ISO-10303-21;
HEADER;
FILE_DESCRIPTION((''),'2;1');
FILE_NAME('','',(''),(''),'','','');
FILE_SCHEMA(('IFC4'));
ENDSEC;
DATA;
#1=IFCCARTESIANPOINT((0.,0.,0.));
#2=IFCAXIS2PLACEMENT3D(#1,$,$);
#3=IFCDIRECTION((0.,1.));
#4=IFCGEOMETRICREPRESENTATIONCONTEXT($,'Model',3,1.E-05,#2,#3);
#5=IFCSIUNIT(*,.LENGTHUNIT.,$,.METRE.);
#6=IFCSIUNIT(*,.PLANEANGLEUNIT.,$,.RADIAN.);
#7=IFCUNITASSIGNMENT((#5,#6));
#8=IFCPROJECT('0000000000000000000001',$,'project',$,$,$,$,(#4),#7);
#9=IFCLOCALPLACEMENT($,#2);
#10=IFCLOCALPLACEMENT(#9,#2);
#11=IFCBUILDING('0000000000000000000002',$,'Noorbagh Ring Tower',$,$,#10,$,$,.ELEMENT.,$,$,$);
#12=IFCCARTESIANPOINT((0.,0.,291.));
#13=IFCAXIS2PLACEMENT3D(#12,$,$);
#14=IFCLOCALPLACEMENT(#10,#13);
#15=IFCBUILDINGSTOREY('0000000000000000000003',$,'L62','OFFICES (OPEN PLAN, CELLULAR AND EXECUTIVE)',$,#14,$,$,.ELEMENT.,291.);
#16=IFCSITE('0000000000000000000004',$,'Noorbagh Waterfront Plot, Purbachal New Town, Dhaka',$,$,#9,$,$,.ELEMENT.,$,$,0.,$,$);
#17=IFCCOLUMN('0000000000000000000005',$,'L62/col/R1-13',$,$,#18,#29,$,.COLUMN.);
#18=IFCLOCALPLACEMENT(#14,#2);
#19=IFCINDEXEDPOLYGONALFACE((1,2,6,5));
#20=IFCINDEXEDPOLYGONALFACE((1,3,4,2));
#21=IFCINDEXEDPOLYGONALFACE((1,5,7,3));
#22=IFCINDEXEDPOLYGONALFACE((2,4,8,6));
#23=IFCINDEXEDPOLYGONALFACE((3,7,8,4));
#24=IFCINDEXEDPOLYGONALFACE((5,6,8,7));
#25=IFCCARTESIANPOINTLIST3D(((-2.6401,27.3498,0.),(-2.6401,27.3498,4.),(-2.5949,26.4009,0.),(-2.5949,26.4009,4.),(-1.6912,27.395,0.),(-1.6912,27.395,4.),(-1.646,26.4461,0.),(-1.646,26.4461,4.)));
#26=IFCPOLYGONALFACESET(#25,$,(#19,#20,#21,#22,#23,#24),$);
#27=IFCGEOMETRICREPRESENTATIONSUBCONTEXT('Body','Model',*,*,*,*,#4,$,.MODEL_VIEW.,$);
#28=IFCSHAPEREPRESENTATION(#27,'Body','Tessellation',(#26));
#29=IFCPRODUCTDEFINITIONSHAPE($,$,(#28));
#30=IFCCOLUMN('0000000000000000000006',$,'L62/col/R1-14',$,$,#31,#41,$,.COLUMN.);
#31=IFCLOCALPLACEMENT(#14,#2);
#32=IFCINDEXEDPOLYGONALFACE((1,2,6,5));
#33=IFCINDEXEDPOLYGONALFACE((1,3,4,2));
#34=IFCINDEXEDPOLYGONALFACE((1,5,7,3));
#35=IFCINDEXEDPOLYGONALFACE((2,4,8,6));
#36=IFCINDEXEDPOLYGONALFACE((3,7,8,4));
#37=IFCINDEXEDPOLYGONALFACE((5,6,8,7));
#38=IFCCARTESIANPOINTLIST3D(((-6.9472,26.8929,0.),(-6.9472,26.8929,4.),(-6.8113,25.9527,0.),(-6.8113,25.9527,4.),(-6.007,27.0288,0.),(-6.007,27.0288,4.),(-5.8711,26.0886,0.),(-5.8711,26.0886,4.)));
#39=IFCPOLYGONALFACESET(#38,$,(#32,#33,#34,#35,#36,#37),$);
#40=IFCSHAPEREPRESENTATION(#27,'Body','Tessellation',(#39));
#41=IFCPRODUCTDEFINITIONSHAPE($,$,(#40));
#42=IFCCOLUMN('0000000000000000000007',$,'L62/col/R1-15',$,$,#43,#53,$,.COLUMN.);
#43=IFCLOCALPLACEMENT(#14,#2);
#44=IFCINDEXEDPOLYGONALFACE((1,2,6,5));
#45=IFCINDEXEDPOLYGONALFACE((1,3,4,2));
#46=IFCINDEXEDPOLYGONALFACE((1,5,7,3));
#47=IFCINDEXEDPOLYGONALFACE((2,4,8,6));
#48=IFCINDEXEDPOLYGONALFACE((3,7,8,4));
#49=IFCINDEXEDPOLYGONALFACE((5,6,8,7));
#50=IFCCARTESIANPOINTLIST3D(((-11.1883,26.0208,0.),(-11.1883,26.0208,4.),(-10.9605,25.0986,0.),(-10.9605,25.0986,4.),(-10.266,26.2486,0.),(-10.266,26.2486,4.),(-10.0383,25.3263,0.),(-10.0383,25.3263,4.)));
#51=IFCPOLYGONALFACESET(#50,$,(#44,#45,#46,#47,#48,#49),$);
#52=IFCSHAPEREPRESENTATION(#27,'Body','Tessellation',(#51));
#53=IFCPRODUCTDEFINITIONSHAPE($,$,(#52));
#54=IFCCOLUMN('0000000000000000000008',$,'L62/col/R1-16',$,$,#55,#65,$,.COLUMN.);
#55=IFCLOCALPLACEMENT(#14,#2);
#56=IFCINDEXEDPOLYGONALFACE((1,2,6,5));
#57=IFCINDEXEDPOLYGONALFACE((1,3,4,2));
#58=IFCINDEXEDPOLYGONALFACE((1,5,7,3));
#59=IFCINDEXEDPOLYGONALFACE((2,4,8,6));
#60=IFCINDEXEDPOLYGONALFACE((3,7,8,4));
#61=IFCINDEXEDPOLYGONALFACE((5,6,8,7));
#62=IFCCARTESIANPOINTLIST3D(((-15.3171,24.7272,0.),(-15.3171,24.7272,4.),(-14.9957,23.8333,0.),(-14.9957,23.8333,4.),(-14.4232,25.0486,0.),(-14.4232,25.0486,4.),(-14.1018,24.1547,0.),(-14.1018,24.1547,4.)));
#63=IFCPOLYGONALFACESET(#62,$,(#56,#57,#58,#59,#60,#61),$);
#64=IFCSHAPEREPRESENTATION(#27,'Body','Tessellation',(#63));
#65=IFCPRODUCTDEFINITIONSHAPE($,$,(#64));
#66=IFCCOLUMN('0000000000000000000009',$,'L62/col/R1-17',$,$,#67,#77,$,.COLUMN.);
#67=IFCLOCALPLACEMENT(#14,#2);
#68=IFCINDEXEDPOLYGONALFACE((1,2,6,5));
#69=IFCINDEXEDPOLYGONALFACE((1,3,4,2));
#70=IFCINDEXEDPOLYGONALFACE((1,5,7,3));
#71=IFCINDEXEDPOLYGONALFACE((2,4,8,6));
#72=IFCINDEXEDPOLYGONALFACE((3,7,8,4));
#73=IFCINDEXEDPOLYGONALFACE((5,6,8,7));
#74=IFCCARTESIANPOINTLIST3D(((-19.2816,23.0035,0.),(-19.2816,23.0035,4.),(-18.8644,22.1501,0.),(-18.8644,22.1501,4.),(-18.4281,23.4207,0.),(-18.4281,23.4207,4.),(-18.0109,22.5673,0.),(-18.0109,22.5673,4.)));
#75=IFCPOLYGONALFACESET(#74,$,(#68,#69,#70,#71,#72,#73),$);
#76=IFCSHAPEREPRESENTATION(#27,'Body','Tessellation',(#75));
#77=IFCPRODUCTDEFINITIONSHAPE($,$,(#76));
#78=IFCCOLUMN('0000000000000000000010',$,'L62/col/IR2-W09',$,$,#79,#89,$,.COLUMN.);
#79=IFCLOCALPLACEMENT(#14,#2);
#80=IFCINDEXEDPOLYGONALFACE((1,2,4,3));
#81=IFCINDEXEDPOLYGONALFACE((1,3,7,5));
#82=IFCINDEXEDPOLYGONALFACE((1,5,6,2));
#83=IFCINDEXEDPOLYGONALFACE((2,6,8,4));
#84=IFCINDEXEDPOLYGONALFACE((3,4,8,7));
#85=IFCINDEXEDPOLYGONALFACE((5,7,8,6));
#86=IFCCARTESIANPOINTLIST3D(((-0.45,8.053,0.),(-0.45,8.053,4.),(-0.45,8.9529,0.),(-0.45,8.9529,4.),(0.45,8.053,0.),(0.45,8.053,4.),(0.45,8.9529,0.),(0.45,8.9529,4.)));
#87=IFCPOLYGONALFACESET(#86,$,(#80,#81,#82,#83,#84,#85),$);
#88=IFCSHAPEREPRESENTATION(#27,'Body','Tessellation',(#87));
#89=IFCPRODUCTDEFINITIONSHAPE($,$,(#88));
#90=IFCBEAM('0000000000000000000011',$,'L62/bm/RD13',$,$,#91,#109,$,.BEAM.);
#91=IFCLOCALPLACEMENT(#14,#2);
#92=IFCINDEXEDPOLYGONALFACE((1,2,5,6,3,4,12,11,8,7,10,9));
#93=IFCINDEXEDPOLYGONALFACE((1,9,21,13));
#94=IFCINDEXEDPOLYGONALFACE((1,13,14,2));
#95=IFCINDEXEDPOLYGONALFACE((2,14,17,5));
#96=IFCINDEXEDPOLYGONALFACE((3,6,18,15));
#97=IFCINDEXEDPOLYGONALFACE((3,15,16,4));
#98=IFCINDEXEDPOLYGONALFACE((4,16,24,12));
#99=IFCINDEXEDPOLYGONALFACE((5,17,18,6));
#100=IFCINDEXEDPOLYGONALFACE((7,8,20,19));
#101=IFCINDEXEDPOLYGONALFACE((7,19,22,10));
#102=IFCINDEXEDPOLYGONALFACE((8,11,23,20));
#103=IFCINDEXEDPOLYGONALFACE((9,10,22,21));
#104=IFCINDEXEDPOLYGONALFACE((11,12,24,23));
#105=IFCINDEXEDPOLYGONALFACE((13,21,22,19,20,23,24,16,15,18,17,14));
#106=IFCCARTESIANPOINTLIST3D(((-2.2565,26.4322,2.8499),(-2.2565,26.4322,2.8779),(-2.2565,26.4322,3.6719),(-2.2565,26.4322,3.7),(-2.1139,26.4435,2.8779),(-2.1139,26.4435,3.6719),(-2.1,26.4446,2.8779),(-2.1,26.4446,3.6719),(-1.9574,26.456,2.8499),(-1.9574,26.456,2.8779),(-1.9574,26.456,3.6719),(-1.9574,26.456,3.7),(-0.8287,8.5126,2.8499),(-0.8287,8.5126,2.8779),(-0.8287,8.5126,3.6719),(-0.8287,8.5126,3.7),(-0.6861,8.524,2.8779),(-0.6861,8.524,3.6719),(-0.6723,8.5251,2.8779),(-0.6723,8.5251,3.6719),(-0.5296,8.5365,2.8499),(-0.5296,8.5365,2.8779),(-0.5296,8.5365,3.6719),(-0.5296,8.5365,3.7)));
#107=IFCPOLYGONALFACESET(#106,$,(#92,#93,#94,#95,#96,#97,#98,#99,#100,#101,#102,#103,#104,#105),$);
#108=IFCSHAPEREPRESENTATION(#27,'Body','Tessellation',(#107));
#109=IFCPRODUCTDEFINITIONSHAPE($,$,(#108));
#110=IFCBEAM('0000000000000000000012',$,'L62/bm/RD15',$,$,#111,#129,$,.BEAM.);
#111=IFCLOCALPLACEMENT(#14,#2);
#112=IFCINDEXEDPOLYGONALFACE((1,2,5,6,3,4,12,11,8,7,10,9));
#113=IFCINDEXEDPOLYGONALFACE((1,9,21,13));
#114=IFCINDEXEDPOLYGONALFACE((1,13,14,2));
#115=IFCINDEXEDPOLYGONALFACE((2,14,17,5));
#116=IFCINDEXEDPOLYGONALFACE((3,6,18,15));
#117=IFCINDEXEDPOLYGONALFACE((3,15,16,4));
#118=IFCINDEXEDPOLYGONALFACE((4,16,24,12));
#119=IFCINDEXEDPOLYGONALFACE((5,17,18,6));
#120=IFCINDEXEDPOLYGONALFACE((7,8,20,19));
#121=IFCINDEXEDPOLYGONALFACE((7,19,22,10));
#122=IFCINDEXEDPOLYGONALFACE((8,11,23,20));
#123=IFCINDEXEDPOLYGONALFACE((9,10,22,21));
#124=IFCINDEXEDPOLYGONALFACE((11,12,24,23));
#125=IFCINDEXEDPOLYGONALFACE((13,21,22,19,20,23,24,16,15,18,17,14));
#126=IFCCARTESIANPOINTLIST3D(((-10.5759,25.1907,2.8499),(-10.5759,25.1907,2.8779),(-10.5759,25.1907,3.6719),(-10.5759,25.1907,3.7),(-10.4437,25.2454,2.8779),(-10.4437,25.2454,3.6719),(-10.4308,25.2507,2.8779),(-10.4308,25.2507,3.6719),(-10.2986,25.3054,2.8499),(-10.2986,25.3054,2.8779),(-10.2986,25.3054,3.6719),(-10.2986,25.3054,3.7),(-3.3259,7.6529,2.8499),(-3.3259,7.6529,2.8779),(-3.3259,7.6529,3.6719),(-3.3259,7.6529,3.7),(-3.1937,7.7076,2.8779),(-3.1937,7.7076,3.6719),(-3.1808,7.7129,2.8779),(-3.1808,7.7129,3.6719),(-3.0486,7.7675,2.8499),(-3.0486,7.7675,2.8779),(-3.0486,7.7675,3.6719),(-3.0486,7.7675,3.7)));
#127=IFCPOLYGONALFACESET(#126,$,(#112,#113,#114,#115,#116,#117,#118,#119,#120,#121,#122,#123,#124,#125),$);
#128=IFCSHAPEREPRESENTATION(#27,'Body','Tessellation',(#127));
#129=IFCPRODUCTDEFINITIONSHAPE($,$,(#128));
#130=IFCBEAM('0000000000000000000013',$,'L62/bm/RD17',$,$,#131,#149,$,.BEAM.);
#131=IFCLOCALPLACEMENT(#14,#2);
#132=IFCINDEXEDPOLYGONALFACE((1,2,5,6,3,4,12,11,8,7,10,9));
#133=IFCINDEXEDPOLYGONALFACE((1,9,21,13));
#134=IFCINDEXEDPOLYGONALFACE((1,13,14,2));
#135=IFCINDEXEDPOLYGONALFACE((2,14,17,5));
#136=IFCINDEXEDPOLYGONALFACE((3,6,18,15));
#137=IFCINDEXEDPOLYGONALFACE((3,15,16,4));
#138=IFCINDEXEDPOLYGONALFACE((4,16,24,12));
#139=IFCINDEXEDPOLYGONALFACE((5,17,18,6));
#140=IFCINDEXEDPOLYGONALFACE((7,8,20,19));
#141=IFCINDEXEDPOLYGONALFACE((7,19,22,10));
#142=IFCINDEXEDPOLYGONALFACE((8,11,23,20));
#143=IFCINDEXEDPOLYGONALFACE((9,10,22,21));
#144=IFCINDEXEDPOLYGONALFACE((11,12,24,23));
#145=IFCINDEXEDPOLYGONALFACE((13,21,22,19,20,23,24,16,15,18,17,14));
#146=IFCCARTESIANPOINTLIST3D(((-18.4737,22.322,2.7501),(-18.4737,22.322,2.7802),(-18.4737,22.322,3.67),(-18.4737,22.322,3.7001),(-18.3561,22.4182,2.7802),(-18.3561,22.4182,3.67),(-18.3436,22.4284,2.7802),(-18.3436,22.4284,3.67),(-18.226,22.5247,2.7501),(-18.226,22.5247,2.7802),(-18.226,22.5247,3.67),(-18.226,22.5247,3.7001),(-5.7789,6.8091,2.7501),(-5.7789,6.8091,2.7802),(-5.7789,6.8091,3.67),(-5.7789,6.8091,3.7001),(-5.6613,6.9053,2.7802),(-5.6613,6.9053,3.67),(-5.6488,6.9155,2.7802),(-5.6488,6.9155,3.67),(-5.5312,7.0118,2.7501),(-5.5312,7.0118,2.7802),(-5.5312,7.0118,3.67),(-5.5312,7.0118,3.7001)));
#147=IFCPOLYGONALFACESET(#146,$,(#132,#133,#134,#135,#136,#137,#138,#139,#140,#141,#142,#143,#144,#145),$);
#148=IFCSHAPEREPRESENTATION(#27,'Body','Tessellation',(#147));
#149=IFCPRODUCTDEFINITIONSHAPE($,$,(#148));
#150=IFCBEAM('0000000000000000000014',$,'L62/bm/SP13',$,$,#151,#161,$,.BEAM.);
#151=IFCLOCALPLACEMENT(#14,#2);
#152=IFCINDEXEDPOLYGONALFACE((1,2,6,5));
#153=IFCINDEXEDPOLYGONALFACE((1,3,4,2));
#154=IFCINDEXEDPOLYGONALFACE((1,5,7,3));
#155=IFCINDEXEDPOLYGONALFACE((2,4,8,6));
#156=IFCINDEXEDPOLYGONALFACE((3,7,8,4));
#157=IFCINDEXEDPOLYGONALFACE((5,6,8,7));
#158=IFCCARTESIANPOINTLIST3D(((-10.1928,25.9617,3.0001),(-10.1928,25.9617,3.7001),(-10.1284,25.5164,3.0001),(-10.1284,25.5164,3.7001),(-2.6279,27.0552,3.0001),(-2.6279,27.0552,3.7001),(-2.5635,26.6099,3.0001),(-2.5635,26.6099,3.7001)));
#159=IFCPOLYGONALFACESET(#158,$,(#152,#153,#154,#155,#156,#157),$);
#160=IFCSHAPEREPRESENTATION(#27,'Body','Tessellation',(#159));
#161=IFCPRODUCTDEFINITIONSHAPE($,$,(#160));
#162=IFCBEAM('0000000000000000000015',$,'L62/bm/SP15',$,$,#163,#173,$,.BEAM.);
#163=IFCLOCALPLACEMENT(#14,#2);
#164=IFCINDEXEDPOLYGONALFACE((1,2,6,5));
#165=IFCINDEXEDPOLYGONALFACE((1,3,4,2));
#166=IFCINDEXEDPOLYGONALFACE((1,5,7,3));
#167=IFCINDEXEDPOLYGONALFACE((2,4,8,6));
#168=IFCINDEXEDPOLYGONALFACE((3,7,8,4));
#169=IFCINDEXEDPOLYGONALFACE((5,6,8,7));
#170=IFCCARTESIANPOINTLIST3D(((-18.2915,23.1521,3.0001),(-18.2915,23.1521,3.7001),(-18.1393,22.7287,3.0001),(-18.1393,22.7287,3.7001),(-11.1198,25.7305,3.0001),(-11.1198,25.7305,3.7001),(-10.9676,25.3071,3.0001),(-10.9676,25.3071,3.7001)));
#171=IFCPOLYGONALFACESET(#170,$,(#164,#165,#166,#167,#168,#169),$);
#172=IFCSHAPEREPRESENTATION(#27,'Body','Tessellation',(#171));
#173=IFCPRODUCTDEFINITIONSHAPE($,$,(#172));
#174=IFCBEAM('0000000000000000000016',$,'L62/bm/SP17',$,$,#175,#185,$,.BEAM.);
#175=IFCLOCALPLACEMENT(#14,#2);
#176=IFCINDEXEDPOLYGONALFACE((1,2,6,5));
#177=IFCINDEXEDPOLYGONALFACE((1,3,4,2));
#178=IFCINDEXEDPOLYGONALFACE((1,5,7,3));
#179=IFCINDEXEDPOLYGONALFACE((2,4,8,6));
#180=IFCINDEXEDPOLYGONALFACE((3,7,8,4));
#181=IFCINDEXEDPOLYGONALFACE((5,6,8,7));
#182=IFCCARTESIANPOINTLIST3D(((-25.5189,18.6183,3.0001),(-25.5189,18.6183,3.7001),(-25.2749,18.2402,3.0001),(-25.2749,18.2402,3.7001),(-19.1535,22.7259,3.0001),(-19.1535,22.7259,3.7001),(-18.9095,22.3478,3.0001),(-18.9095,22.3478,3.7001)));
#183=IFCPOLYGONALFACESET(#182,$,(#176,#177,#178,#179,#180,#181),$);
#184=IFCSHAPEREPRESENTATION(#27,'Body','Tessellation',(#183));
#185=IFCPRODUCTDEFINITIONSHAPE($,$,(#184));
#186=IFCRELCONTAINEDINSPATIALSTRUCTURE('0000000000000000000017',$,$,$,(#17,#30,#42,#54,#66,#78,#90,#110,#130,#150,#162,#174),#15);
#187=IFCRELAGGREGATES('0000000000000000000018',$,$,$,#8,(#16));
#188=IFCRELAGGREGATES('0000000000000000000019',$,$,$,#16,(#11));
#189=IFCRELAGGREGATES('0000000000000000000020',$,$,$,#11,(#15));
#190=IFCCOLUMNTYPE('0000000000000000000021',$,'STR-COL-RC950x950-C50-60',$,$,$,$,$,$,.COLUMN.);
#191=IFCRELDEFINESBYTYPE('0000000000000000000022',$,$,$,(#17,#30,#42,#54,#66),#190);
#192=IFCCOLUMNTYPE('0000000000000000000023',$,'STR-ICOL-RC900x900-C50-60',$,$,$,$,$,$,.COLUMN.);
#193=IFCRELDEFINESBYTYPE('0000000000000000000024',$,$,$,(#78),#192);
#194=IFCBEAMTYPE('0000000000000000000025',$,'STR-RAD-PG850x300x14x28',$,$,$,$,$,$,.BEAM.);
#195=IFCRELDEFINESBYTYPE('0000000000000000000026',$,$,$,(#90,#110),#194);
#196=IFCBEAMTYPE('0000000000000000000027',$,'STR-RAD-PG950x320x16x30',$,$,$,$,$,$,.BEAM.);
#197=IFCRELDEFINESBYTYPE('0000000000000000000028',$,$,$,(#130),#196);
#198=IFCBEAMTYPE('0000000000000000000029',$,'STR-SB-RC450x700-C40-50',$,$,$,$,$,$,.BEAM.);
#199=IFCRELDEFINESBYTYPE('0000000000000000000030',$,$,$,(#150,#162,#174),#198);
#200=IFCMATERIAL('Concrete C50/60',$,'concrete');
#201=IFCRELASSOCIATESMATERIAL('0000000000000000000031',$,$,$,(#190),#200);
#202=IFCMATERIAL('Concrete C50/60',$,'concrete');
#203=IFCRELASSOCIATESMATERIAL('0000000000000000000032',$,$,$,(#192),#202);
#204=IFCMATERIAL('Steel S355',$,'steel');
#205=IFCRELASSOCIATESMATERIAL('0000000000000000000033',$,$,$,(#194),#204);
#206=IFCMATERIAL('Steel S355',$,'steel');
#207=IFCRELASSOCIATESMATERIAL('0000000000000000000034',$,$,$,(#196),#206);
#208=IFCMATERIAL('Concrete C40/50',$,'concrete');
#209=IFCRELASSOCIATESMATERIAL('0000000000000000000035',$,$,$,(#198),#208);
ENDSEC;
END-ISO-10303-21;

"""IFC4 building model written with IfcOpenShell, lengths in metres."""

from ifc_helpers import new_model, si_unit, direction, frame, origin, origin_2d, place, context, subcontext, project, spatial, rectangle, i_section, extrude, material, material_profile, profile_set, type_object, element, save


model = new_model("IFC4")

# Units and contexts
model_context = context("Model", 3, precision=1e-05, world=origin(), true_north=direction((0.0, 1.0)))
body_context = subcontext(model_context, "Body", "Model", "MODEL_VIEW")
ifc_project = project(units=[si_unit("LENGTHUNIT", "METRE"), si_unit("PLANEANGLEUNIT", "RADIAN")], contexts=[model_context])

# Site, building, storey
site_placement = place(None, origin())
site = spatial("IfcSite", under=ifc_project, at=site_placement, Name="Noorbagh Waterfront Plot, Purbachal New Town, Dhaka", CompositionType="ELEMENT", RefElevation=0.0)
building_placement = place(site_placement, origin())
building = spatial("IfcBuilding", under=site, at=building_placement, Name="Noorbagh Ring Tower", CompositionType="ELEMENT")
storey_placement = place(building_placement, frame((0.0, 0.0, 291.0)))
storey = spatial("IfcBuildingStorey", under=building, at=storey_placement, Name="L62", Description="OFFICES (OPEN PLAN, CELLULAR AND EXECUTIVE)", CompositionType="ELEMENT", Elevation=291.0)

# Columns
ifc_material_1 = material(Name="Concrete C50/60", Category="concrete")
ifc_material_profile_1 = material_profile(ifc_material_1, rectangle(XDim=0.95, YDim=0.95, at=origin_2d()), Name="RC950x950")
ifc_profile_set_1 = profile_set([ifc_material_profile_1], Name="Concrete C50/60")
column_type_1 = type_object("IfcColumnType", Name="STR-COL-RC950x950-C50-60", PredefinedType="COLUMN", material=ifc_profile_set_1)
for number, where, z_axis, x_axis, name in (
    (1, (-2.1431, 26.8979, 0.0), (0.0, 0.0, 1.0), (-0.998869, -0.047553, 0.0), "L62/col/R1-13"),
    (2, (-6.4092, 26.4907, 0.0), (0.0, 0.0, 1.0), (-0.989713, -0.143066, 0.0), "L62/col/R1-14"),
    (3, (-10.6133, 25.6736, 0.0), (0.0, 0.0, 1.0), (-0.970829, -0.239771, 0.0), "L62/col/R1-15"),
    (4, (-14.7095, 24.4409, 0.0), (0.0, 0.0, 1.0), (-0.941025, -0.338338, 0.0), "L62/col/R1-16"),
    (5, (-18.6462, 22.7854, 0.0), (0.0, 0.0, 1.0), (-0.898399, -0.43918, 0.0), "L62/col/R1-17"),
):
    element("IfcColumn", number, at=place(storey_placement, frame(where, z_axis=z_axis, x_axis=x_axis)), inside=storey, type_object=column_type_1, Name=name, PredefinedType="COLUMN", context=body_context, shape_type="SweptSolid", body=[
        extrude(rectangle(XDim=0.95, YDim=0.95, at=origin_2d()), origin(), (0.0, 0.0, 1.0), 4.0),
    ])
ifc_material_2 = material(Name="Concrete C50/60", Category="concrete")
ifc_material_profile_2 = material_profile(ifc_material_2, rectangle(XDim=0.8999, YDim=0.8999, at=origin_2d()), Name="RC900x900")
ifc_profile_set_2 = profile_set([ifc_material_profile_2], Name="Concrete C50/60")
column_type_2 = type_object("IfcColumnType", Name="STR-ICOL-RC900x900-C50-60", PredefinedType="COLUMN", material=ifc_profile_set_2)
column_placement = place(storey_placement, frame((0.0, 8.5029, 0.0), z_axis=(0.0, 0.0, 1.0), x_axis=(-1.0, 0.0, 0.0)))
element("IfcColumn", 6, at=column_placement, inside=storey, type_object=column_type_2, Name="L62/col/IR2-W09", PredefinedType="COLUMN", context=body_context, shape_type="SweptSolid", body=[
    extrude(rectangle(XDim=0.8999, YDim=0.8999, at=origin_2d()), origin(), (0.0, 0.0, 1.0), 4.0),
])

# Beams
ifc_material_3 = material(Name="Steel S355", Category="steel")
ifc_material_profile_3 = material_profile(ifc_material_3, i_section(OverallWidth=0.3, OverallDepth=0.8501, WebThickness=0.0139, FlangeThickness=0.0281, at=origin_2d()), Name="PG850x300x14x28")
ifc_profile_set_3 = profile_set([ifc_material_profile_3], Name="Steel S355")
beam_type_1 = type_object("IfcBeamType", Name="STR-RAD-PG850x300x14x28", PredefinedType="BEAM", material=ifc_profile_set_3)
beam_1_placement = place(storey_placement, frame((-2.1069, 26.4441, 3.2749), z_axis=(0.079423, -0.996841, 0.0), x_axis=(0.996841, 0.079423, 0.0)))
element("IfcBeam", 7, at=beam_1_placement, inside=storey, type_object=beam_type_1, Name="L62/bm/RD13", PredefinedType="BEAM", context=body_context, shape_type="SweptSolid", body=[
    extrude(i_section(OverallWidth=0.3, OverallDepth=0.8501, WebThickness=0.0139, FlangeThickness=0.0281, at=origin_2d()), origin(), (0.0, 0.0, 1.0), 17.9763),
])
beam_2_placement = place(storey_placement, frame((-10.4373, 25.248, 3.2749), z_axis=(0.382035, -0.924148, 0.0), x_axis=(0.924148, 0.382035, 0.0)))
element("IfcBeam", 8, at=beam_2_placement, inside=storey, type_object=beam_type_1, Name="L62/bm/RD15", PredefinedType="BEAM", context=body_context, shape_type="SweptSolid", body=[
    extrude(i_section(OverallWidth=0.3, OverallDepth=0.8501, WebThickness=0.0139, FlangeThickness=0.0281, at=origin_2d()), origin(), (0.0, 0.0, 1.0), 18.9773),
])
ifc_material_4 = material(Name="Steel S355", Category="steel")
ifc_material_profile_4 = material_profile(ifc_material_4, i_section(OverallWidth=0.3201, OverallDepth=0.95, WebThickness=0.0161, FlangeThickness=0.03, at=origin_2d()), Name="PG950x320x16x30")
ifc_profile_set_4 = profile_set([ifc_material_profile_4], Name="Steel S355")
beam_type_2 = type_object("IfcBeamType", Name="STR-RAD-PG950x320x16x30", PredefinedType="BEAM", material=ifc_profile_set_4)
beam_3_placement = place(storey_placement, frame((-18.3499, 22.4233, 3.2251), z_axis=(0.63331, -0.773898, 0.0), x_axis=(0.773898, 0.63331, 0.0)))
element("IfcBeam", 9, at=beam_3_placement, inside=storey, type_object=beam_type_2, Name="L62/bm/RD17", PredefinedType="BEAM", context=body_context, shape_type="SweptSolid", body=[
    extrude(i_section(OverallWidth=0.3201, OverallDepth=0.95, WebThickness=0.0161, FlangeThickness=0.03, at=origin_2d()), origin(), (0.0, 0.0, 1.0), 20.0452),
])
ifc_material_5 = material(Name="Concrete C40/50", Category="concrete")
ifc_material_profile_5 = material_profile(ifc_material_5, rectangle(XDim=0.45, YDim=0.7, at=origin_2d()), Name="RC450x700")
ifc_profile_set_5 = profile_set([ifc_material_profile_5], Name="Concrete C40/50")
beam_type_3 = type_object("IfcBeamType", Name="STR-SB-RC450x700-C40-50", PredefinedType="BEAM", material=ifc_profile_set_5)
beam_4_placement = place(storey_placement, frame((-2.5957, 26.8325, 3.3501), z_axis=(-0.989714, -0.143062, 0.0), x_axis=(0.143062, -0.989714, 0.0)))
element("IfcBeam", 10, at=beam_4_placement, inside=storey, type_object=beam_type_3, Name="L62/bm/SP13", PredefinedType="BEAM", context=body_context, shape_type="SweptSolid", body=[
    extrude(rectangle(XDim=0.45, YDim=0.7, at=origin_2d()), origin(), (0.0, 0.0, 1.0), 7.6436),
])
beam_5_placement = place(storey_placement, frame((-11.0437, 25.5188, 3.3501), z_axis=(-0.94103, -0.338322, 0.0), x_axis=(0.338322, -0.94103, 0.0)))
element("IfcBeam", 11, at=beam_5_placement, inside=storey, type_object=beam_type_3, Name="L62/bm/SP15", PredefinedType="BEAM", context=body_context, shape_type="SweptSolid", body=[
    extrude(rectangle(XDim=0.45, YDim=0.7, at=origin_2d()), origin(), (0.0, 0.0, 1.0), 7.6211),
])
beam_6_placement = place(storey_placement, frame((-19.0315, 22.5369, 3.3501), z_axis=(-0.840242, -0.542211, 0.0), x_axis=(0.542211, -0.840242, 0.0)))
element("IfcBeam", 12, at=beam_6_placement, inside=storey, type_object=beam_type_3, Name="L62/bm/SP17", PredefinedType="BEAM", context=body_context, shape_type="SweptSolid", body=[
    extrude(rectangle(XDim=0.45, YDim=0.7, at=origin_2d()), origin(), (0.0, 0.0, 1.0), 7.5757),
])

save(model, "model.ifc")
